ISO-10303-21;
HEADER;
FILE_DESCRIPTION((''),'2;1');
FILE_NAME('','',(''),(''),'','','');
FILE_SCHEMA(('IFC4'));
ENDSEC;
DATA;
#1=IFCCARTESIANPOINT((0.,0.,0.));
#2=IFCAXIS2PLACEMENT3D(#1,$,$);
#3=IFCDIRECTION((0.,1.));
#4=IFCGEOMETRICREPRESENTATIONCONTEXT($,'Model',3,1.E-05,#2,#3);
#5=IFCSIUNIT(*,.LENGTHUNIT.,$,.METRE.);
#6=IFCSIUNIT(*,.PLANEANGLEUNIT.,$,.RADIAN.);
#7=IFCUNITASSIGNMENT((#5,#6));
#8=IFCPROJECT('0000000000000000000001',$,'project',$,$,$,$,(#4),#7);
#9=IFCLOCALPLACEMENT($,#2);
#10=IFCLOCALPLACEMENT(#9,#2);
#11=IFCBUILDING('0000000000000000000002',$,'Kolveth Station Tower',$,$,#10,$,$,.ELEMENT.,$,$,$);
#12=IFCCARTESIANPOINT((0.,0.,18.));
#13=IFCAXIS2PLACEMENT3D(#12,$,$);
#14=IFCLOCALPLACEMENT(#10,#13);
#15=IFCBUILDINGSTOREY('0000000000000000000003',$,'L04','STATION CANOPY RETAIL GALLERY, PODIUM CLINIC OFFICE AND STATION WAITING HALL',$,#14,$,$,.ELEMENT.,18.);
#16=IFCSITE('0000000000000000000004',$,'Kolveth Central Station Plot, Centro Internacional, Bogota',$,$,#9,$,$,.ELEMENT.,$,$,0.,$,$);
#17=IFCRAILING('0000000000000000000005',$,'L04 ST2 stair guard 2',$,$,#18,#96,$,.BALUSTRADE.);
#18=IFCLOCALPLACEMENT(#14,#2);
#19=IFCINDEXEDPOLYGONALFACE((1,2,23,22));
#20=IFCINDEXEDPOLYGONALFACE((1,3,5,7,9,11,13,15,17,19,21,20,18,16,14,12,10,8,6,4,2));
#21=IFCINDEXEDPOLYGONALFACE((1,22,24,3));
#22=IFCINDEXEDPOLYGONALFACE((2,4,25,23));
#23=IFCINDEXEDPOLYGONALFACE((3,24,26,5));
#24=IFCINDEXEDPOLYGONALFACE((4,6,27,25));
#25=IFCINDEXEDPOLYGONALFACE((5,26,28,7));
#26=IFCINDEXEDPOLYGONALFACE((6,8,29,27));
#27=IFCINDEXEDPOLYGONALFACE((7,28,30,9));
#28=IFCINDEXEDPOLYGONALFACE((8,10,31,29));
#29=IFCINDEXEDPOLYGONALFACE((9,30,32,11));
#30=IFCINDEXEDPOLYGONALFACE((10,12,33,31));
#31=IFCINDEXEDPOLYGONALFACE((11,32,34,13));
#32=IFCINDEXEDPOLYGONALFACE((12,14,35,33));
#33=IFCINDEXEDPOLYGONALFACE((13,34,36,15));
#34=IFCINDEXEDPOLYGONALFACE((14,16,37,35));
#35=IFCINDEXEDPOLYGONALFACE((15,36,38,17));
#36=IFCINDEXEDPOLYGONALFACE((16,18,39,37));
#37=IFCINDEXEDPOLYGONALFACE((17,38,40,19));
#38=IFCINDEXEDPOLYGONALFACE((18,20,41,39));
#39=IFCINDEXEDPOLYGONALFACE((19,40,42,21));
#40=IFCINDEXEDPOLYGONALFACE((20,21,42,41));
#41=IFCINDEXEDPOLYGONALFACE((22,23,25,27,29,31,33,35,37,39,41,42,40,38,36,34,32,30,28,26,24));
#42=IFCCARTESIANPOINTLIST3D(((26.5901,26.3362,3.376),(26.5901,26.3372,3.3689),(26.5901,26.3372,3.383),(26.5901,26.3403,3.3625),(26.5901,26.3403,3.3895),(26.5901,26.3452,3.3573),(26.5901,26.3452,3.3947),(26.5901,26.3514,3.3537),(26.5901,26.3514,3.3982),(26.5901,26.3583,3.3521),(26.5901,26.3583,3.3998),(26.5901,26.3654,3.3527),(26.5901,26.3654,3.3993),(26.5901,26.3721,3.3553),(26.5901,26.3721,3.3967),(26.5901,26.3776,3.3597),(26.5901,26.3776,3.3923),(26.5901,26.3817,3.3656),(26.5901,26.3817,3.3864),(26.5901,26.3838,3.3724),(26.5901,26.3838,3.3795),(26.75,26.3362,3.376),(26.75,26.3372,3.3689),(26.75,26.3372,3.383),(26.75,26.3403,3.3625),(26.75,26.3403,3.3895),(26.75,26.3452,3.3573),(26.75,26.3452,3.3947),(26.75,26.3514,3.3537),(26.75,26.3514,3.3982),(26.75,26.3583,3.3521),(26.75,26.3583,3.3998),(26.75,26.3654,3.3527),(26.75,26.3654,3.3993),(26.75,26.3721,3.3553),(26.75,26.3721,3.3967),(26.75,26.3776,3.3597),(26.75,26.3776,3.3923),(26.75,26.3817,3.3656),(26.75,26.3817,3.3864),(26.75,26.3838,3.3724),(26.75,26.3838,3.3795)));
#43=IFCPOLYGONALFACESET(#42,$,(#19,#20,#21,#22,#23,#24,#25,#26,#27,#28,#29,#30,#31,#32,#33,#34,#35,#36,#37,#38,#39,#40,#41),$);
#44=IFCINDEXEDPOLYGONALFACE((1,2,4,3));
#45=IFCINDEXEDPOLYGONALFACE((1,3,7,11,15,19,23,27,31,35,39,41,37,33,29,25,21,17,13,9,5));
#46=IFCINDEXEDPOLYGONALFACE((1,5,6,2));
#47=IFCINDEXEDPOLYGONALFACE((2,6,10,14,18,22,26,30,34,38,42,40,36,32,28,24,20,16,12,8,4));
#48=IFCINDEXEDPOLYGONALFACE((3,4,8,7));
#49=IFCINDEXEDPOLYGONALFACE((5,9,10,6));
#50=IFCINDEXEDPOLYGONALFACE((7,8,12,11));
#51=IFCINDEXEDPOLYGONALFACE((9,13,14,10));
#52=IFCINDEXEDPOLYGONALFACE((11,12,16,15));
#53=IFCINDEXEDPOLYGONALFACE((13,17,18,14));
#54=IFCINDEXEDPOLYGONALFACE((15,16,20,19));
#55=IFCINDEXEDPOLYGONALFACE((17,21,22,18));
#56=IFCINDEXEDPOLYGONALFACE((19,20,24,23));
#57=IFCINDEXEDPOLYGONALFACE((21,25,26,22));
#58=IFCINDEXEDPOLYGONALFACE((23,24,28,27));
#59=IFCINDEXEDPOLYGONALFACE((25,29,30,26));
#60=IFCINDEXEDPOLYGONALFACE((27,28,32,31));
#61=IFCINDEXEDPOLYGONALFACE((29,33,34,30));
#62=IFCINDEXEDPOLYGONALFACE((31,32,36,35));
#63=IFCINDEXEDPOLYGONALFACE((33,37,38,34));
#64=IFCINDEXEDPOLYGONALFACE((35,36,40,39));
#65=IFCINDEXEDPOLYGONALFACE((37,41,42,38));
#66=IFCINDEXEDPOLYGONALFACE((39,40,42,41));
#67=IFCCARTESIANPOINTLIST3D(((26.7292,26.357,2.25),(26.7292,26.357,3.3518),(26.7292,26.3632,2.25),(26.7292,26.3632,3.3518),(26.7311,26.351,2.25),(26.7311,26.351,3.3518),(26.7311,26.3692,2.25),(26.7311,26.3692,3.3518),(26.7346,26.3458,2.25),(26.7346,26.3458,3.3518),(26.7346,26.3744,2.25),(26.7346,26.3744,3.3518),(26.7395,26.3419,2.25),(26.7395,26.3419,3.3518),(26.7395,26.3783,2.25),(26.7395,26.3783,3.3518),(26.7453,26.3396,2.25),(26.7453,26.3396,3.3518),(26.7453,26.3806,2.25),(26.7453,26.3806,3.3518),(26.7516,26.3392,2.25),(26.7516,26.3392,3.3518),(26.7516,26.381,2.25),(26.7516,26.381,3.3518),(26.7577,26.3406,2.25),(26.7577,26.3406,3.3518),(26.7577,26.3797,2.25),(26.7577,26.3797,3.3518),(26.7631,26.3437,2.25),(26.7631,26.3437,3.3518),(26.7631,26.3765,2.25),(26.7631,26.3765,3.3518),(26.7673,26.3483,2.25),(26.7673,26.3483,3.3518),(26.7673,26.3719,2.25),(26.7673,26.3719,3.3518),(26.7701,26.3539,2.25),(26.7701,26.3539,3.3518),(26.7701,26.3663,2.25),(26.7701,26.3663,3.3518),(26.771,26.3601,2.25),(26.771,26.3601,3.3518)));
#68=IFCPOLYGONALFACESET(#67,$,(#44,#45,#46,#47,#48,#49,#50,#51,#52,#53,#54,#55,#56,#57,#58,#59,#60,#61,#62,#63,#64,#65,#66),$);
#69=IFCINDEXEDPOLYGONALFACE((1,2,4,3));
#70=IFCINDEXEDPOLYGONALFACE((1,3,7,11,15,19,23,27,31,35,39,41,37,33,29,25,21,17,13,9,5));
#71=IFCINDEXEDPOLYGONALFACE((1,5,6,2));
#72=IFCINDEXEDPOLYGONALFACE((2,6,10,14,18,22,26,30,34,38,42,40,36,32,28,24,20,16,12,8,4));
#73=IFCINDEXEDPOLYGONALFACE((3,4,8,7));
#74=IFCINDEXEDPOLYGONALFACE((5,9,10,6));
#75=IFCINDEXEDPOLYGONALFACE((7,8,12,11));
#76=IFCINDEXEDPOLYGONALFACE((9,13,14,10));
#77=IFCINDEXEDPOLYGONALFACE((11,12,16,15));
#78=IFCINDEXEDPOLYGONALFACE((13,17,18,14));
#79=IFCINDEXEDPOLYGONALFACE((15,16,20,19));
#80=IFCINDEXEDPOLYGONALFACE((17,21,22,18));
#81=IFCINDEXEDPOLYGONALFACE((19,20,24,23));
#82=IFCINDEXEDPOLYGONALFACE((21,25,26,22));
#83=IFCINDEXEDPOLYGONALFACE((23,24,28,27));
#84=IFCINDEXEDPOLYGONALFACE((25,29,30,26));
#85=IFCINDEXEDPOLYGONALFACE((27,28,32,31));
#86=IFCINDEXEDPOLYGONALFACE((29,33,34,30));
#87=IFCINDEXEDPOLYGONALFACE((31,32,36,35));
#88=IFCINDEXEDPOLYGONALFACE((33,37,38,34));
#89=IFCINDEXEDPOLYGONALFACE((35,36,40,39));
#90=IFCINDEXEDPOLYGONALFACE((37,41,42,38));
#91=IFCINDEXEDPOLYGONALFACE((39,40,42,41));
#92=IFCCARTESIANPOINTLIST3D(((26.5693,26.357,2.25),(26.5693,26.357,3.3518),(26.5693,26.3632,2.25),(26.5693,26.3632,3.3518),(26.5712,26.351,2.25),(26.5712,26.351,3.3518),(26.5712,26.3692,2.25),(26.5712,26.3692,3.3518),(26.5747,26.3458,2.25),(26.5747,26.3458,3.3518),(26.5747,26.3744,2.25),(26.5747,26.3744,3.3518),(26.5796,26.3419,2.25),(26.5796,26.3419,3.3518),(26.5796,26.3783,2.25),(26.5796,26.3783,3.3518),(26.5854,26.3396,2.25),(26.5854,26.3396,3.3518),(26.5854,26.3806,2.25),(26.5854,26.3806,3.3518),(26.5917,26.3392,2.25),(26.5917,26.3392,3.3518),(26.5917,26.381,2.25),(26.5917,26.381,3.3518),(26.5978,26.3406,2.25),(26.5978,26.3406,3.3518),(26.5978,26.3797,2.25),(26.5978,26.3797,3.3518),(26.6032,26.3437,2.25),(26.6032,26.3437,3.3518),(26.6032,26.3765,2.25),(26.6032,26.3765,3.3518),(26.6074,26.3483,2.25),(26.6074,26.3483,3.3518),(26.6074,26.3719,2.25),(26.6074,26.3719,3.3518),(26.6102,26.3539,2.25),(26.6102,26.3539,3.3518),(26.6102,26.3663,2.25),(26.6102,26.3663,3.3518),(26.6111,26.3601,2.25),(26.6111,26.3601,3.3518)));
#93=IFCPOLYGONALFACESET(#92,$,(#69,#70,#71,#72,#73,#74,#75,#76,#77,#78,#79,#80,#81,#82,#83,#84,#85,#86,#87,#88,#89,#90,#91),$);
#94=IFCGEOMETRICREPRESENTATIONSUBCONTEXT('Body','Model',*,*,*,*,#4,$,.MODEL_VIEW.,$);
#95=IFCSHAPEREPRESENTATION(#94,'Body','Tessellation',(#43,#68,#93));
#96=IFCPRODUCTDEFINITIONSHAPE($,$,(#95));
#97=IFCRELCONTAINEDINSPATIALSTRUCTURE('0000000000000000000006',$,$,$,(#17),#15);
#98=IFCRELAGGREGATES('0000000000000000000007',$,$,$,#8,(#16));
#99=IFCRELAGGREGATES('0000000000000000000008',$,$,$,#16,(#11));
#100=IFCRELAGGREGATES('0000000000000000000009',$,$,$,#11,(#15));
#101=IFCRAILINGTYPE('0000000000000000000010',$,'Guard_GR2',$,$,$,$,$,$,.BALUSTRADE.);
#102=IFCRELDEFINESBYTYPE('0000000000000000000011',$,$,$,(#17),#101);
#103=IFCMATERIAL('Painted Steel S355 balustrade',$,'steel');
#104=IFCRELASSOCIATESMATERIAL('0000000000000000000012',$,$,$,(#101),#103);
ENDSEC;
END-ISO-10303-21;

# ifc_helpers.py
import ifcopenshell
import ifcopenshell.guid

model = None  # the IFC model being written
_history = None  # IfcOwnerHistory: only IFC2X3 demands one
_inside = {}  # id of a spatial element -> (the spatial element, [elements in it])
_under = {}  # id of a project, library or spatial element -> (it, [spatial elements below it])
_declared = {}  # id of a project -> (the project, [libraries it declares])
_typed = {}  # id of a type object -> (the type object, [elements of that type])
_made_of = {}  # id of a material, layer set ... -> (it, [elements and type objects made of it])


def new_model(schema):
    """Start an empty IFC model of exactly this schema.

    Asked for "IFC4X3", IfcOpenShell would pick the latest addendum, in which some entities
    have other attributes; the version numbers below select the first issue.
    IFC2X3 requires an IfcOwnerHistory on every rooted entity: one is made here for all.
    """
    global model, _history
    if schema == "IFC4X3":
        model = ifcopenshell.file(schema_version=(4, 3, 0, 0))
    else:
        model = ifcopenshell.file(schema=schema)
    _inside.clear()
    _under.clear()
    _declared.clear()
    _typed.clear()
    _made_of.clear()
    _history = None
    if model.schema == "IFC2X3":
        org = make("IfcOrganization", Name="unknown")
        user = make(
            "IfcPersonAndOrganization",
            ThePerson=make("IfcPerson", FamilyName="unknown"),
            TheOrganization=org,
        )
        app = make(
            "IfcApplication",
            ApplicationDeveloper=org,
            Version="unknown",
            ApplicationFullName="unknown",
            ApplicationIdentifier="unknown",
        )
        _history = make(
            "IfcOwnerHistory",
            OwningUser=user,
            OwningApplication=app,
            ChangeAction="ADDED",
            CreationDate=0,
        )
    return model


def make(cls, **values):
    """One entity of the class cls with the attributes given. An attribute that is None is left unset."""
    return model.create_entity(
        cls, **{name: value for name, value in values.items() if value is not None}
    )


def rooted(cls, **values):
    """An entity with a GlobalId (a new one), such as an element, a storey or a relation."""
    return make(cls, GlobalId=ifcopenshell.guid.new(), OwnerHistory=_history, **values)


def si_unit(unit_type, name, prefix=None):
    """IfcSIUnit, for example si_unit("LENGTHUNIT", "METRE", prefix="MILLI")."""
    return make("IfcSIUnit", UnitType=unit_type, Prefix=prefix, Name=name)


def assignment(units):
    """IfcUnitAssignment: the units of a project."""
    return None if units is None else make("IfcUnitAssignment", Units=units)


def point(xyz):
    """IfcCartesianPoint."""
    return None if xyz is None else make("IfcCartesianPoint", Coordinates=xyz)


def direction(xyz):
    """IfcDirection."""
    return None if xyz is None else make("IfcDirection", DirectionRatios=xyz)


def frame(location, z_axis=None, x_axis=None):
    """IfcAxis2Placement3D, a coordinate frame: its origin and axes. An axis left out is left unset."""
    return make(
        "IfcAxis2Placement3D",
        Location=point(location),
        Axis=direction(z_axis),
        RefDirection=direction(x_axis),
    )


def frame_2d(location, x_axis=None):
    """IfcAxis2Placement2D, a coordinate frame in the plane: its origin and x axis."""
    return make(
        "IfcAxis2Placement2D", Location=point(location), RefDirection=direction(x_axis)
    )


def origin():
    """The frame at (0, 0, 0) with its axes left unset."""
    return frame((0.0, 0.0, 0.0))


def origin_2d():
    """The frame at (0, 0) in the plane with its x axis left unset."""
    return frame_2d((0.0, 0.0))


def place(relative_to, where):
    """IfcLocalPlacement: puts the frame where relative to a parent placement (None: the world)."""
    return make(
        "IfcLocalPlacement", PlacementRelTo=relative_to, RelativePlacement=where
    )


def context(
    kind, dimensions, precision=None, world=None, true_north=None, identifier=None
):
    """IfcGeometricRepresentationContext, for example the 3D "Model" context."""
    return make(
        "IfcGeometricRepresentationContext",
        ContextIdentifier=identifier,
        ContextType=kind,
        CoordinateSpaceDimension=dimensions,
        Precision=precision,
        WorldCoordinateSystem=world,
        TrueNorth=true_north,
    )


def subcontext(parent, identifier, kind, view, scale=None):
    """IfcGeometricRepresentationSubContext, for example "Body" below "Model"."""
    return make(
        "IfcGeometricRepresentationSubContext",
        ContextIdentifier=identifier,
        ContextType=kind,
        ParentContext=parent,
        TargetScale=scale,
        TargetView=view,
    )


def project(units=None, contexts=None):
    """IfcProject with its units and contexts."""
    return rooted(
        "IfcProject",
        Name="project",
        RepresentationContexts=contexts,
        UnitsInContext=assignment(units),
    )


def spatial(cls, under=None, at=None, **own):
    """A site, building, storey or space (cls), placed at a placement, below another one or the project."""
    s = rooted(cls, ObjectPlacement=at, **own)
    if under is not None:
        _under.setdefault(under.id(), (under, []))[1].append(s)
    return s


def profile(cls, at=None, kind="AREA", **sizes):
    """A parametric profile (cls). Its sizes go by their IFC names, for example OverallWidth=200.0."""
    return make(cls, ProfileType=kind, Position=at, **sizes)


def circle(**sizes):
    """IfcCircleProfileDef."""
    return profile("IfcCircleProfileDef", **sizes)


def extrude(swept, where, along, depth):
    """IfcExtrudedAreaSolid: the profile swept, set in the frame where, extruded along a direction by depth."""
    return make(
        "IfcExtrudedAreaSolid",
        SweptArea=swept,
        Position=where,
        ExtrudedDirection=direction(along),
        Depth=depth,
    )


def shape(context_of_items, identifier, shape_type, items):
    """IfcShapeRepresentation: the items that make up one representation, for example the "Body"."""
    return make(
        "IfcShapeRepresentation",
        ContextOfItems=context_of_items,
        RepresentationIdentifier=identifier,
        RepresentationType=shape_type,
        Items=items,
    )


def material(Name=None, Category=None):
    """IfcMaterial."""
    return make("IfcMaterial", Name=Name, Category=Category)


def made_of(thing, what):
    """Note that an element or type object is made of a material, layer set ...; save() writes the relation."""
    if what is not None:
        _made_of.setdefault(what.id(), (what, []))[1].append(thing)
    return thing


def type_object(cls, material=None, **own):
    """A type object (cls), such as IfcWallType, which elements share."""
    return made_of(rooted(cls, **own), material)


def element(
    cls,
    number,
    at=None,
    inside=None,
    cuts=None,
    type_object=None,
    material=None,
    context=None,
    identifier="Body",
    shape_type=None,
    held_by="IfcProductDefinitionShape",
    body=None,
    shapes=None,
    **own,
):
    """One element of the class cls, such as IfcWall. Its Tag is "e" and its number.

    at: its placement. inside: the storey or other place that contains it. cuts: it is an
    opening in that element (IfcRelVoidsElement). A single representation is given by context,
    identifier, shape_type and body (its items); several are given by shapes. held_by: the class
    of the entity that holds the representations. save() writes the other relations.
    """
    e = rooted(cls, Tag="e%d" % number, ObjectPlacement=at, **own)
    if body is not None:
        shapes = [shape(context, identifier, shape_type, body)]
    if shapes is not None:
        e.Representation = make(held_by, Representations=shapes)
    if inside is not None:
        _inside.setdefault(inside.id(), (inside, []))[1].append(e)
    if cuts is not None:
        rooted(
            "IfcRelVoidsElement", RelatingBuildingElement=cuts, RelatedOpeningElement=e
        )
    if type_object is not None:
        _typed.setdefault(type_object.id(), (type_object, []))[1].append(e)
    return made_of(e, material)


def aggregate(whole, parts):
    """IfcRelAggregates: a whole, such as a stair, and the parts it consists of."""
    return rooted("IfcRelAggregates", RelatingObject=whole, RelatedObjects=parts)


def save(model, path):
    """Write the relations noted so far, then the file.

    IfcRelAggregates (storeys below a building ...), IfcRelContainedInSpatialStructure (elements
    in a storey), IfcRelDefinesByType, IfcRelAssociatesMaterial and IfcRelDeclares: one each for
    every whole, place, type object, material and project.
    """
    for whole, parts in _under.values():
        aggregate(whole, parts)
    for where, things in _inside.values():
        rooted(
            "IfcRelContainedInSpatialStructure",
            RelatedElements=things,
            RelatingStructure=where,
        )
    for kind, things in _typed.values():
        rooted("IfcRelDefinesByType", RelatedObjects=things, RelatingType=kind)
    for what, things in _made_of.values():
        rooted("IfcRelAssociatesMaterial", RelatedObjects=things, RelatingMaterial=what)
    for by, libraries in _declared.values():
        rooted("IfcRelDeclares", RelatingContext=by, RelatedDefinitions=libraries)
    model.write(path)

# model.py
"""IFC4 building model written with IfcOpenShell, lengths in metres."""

from ifc_helpers import new_model, si_unit, direction, frame, origin, origin_2d, place, context, subcontext, project, spatial, circle, extrude, material, type_object, element, save


model = new_model("IFC4")

# Units and contexts
model_context = context("Model", 3, precision=1e-05, world=origin(), true_north=direction((0.0, 1.0)))
body_context = subcontext(model_context, "Body", "Model", "MODEL_VIEW")
ifc_project = project(units=[si_unit("LENGTHUNIT", "METRE"), si_unit("PLANEANGLEUNIT", "RADIAN")], contexts=[model_context])

# Site, building, storey
site_placement = place(None, origin())
site = spatial("IfcSite", under=ifc_project, at=site_placement, Name="Kolveth Central Station Plot, Centro Internacional, Bogota", CompositionType="ELEMENT", RefElevation=0.0)
building_placement = place(site_placement, origin())
building = spatial("IfcBuilding", under=site, at=building_placement, Name="Kolveth Station Tower", CompositionType="ELEMENT")
storey_placement = place(building_placement, frame((0.0, 0.0, 18.0)))
storey = spatial("IfcBuildingStorey", under=building, at=storey_placement, Name="L04", Description="STATION CANOPY RETAIL GALLERY, PODIUM CLINIC OFFICE AND STATION WAITING HALL", CompositionType="ELEMENT", Elevation=18.0)

# Railing
ifc_material_1 = material(Name="Painted Steel S355 balustrade", Category="steel")
railing_type_1 = type_object("IfcRailingType", Name="Guard_GR2", PredefinedType="BALUSTRADE", material=ifc_material_1)
railing_1_placement = place(storey_placement, frame((26.75, 26.3601, 2.25)))
element("IfcRailing", 1, at=railing_1_placement, inside=storey, type_object=railing_type_1, Name="L04 ST2 stair guard 2", PredefinedType="BALUSTRADE", context=body_context, shape_type="SweptSolid", body=[
    extrude(circle(Radius=0.0239, at=origin_2d()), frame((0.0, 0.0, 1.126), z_axis=(-1.0, 0.0, 0.0), x_axis=(0.0, -1.0, 0.0)), (0.0, 0.0, 1.0), 0.1599),
    extrude(circle(Radius=0.021, at=origin_2d()), origin(), (0.0, 0.0, 1.0), 1.1018),
    extrude(circle(Radius=0.021, at=origin_2d()), frame((-0.1599, 0.0, 0.0)), (0.0, 0.0, 1.0), 1.1018),
])

save(model, "model.ifc")
